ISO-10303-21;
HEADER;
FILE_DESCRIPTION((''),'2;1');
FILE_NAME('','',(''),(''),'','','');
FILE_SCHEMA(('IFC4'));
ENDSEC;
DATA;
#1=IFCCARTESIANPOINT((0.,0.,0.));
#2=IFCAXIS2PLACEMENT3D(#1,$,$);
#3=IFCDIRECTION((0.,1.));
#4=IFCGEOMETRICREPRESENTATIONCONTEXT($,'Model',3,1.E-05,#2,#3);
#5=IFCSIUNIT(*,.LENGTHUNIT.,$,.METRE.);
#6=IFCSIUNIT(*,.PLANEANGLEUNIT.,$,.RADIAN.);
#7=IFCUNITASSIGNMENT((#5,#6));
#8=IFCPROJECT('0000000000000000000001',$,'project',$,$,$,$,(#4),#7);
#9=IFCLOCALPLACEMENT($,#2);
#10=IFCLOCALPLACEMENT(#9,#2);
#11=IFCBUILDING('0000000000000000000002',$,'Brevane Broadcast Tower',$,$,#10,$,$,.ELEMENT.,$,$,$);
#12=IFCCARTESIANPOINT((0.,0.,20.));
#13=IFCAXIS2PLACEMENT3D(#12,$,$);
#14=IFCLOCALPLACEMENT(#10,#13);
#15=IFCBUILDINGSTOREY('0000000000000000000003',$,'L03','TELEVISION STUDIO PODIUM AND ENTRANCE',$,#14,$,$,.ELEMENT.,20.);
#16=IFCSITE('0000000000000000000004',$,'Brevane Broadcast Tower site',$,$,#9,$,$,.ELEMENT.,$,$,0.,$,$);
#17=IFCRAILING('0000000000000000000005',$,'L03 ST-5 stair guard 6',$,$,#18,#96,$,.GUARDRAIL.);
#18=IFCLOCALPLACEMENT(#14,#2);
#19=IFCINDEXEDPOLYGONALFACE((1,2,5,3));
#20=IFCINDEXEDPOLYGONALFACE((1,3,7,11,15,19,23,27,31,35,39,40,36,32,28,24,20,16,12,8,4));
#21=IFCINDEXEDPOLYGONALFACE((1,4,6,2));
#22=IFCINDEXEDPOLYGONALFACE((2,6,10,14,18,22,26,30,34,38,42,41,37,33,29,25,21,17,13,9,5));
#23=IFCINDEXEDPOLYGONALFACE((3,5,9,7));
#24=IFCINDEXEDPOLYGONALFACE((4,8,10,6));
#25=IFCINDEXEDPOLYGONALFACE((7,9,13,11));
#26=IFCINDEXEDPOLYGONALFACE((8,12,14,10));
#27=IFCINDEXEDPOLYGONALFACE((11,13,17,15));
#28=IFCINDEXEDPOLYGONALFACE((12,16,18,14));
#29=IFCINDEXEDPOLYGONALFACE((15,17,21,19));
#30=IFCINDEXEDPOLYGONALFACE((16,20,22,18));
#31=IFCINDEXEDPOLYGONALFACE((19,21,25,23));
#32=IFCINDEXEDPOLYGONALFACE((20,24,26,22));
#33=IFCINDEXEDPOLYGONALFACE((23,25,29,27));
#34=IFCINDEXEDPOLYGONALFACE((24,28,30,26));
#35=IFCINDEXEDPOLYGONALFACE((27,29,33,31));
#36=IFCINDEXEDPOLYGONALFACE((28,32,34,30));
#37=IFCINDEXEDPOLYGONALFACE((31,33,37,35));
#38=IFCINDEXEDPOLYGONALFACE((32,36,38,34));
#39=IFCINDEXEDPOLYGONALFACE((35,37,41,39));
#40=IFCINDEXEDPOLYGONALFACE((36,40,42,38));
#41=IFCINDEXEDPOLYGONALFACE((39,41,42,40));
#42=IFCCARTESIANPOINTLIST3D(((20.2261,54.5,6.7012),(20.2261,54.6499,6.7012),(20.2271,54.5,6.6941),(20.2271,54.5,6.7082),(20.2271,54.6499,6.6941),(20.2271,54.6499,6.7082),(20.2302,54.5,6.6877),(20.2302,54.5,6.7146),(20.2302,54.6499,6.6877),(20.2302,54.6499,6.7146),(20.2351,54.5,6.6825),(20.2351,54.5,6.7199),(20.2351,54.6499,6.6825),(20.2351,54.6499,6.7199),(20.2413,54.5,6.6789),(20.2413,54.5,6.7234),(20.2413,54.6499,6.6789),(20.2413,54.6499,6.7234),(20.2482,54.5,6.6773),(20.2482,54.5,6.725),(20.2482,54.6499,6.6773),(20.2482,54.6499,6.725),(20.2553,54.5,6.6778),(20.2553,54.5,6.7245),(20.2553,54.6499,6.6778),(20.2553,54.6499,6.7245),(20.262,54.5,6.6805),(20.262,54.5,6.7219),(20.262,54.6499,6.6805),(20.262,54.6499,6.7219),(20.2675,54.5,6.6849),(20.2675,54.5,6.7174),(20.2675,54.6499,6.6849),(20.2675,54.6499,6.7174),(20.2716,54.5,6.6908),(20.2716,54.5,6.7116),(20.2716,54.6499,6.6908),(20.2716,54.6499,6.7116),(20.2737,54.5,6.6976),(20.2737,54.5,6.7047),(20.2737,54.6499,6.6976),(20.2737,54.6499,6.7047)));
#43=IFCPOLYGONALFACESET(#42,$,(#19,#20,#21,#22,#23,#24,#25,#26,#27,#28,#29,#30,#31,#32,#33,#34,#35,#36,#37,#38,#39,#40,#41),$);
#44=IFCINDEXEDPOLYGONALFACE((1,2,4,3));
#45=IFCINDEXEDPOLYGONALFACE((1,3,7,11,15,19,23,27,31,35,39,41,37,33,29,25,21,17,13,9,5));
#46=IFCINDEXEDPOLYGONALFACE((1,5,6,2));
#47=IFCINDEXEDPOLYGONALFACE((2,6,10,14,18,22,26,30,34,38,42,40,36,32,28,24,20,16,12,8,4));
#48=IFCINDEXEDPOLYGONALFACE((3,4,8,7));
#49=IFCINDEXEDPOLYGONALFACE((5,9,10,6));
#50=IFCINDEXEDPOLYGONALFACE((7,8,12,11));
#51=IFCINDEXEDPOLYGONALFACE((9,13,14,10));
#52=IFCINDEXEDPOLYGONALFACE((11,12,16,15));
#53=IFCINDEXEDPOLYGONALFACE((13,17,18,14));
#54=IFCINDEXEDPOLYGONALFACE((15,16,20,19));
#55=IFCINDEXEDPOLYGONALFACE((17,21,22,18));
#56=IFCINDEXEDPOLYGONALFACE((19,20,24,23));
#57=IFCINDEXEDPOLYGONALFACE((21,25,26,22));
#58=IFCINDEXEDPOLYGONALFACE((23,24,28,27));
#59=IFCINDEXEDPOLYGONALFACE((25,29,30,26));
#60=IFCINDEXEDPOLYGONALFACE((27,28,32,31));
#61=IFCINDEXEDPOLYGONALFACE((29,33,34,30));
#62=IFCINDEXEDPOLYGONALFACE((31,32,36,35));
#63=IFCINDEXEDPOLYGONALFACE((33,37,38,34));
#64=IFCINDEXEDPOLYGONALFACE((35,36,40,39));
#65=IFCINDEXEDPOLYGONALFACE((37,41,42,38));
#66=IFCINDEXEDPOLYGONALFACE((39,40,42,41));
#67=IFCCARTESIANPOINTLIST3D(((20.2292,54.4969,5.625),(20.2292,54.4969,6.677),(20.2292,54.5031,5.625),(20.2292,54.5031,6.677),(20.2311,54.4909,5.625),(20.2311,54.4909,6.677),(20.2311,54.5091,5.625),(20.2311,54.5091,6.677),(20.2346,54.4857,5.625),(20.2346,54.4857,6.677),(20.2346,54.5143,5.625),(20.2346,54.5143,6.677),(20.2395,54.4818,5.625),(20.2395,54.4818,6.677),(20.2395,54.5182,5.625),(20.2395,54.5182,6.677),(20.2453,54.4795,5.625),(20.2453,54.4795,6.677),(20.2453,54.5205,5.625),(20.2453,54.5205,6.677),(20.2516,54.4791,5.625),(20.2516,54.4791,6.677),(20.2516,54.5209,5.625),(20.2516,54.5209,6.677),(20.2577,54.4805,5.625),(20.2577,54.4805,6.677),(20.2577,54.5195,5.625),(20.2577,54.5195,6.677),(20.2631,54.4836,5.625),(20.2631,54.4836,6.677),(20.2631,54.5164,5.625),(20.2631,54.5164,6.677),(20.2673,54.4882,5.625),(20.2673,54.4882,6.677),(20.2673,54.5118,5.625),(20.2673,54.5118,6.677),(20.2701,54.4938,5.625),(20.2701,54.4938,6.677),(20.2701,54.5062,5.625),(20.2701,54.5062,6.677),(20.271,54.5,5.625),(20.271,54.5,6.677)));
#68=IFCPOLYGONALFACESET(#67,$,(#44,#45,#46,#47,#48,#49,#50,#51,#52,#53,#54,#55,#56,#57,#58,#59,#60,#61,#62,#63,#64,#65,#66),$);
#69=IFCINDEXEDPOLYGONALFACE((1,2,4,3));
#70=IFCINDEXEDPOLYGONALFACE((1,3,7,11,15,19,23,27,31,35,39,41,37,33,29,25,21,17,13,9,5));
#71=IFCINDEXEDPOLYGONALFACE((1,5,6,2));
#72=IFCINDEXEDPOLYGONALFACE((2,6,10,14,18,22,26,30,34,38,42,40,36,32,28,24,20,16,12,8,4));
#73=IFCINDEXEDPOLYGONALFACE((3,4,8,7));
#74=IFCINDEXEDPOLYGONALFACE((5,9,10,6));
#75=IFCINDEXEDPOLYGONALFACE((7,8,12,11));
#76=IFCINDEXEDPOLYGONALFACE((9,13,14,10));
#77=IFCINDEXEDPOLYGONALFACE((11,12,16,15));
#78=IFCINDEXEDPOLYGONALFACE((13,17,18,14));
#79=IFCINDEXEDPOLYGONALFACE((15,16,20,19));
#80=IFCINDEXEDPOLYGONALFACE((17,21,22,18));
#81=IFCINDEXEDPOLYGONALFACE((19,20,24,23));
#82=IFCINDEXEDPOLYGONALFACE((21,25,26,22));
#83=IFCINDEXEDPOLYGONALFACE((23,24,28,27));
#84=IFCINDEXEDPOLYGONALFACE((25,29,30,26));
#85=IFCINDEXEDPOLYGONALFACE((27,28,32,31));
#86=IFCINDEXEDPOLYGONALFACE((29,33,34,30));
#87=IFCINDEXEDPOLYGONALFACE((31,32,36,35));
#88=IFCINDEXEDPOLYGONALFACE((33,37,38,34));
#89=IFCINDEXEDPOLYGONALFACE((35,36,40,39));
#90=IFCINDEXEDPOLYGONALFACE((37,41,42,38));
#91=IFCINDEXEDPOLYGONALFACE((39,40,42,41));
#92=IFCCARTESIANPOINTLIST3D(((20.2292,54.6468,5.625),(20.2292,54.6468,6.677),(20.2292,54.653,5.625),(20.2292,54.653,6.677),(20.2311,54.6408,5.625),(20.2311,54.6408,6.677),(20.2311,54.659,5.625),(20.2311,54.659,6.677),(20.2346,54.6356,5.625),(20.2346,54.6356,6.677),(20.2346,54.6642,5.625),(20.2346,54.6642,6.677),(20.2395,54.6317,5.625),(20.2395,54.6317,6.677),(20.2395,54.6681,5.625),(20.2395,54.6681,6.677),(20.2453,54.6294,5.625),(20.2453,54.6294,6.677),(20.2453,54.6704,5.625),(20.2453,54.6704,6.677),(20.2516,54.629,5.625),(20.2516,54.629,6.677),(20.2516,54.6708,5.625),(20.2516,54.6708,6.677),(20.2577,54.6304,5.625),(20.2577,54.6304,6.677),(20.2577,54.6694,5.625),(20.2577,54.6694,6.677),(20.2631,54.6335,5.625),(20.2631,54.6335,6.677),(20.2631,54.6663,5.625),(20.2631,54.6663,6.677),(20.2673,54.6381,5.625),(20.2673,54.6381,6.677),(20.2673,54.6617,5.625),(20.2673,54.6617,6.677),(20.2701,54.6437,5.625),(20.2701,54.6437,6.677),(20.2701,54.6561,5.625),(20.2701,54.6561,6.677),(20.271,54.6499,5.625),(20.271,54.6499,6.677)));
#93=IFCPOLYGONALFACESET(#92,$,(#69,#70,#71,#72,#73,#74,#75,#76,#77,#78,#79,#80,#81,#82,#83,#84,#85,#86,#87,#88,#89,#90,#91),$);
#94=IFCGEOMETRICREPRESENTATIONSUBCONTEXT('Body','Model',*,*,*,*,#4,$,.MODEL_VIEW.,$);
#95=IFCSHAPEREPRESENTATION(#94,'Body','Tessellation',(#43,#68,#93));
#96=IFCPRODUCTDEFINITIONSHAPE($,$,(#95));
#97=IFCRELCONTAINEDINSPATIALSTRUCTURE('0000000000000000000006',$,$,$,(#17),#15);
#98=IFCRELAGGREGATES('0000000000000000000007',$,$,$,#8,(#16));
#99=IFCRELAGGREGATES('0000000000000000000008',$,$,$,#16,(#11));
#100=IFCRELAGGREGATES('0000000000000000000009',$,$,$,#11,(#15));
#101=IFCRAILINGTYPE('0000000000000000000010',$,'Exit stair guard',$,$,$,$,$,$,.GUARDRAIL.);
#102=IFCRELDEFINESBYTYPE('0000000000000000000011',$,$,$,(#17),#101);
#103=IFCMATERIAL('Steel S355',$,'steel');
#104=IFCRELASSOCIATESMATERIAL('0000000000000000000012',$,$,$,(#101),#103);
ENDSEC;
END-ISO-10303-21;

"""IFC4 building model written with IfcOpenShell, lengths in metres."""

from ifc_helpers import new_model, si_unit, direction, frame, origin, origin_2d, place, context, subcontext, project, spatial, circle, extrude, material, type_object, element, save


model = new_model("IFC4")

# Units and contexts
model_context = context("Model", 3, precision=1e-05, world=origin(), true_north=direction((0.0, 1.0)))
body_context = subcontext(model_context, "Body", "Model", "MODEL_VIEW")
ifc_project = project(units=[si_unit("LENGTHUNIT", "METRE"), si_unit("PLANEANGLEUNIT", "RADIAN")], contexts=[model_context])

# Site, building, storey
site_placement = place(None, origin())
site = spatial("IfcSite", under=ifc_project, at=site_placement, Name="Brevane Broadcast Tower site", CompositionType="ELEMENT", RefElevation=0.0)
building_placement = place(site_placement, origin())
building = spatial("IfcBuilding", under=site, at=building_placement, Name="Brevane Broadcast Tower", CompositionType="ELEMENT")
storey_placement = place(building_placement, frame((0.0, 0.0, 20.0)))
storey = spatial("IfcBuildingStorey", under=building, at=storey_placement, Name="L03", Description="TELEVISION STUDIO PODIUM AND ENTRANCE", CompositionType="ELEMENT", Elevation=20.0)

# Railing
ifc_material_1 = material(Name="Steel S355", Category="steel")
railing_type_1 = type_object("IfcRailingType", Name="Exit stair guard", PredefinedType="GUARDRAIL", material=ifc_material_1)
railing_1_placement = place(storey_placement, frame((20.25, 54.5, 5.625)))
element("IfcRailing", 1, at=railing_1_placement, inside=storey, type_object=railing_type_1, Name="L03 ST-5 stair guard 6", PredefinedType="GUARDRAIL", context=body_context, shape_type="SweptSolid", body=[
    extrude(circle(Radius=0.0239, at=origin_2d()), frame((0.0, 0.0, 1.0762), z_axis=(0.0, 1.0, 0.0), x_axis=(-1.0, 0.0, 0.0)), (0.0, 0.0, 1.0), 0.1499),
    extrude(circle(Radius=0.021, at=origin_2d()), origin(), (0.0, 0.0, 1.0), 1.052),
    extrude(circle(Radius=0.021, at=origin_2d()), frame((0.0, 0.1499, 0.0)), (0.0, 0.0, 1.0), 1.052),
])

save(model, "model.ifc")
